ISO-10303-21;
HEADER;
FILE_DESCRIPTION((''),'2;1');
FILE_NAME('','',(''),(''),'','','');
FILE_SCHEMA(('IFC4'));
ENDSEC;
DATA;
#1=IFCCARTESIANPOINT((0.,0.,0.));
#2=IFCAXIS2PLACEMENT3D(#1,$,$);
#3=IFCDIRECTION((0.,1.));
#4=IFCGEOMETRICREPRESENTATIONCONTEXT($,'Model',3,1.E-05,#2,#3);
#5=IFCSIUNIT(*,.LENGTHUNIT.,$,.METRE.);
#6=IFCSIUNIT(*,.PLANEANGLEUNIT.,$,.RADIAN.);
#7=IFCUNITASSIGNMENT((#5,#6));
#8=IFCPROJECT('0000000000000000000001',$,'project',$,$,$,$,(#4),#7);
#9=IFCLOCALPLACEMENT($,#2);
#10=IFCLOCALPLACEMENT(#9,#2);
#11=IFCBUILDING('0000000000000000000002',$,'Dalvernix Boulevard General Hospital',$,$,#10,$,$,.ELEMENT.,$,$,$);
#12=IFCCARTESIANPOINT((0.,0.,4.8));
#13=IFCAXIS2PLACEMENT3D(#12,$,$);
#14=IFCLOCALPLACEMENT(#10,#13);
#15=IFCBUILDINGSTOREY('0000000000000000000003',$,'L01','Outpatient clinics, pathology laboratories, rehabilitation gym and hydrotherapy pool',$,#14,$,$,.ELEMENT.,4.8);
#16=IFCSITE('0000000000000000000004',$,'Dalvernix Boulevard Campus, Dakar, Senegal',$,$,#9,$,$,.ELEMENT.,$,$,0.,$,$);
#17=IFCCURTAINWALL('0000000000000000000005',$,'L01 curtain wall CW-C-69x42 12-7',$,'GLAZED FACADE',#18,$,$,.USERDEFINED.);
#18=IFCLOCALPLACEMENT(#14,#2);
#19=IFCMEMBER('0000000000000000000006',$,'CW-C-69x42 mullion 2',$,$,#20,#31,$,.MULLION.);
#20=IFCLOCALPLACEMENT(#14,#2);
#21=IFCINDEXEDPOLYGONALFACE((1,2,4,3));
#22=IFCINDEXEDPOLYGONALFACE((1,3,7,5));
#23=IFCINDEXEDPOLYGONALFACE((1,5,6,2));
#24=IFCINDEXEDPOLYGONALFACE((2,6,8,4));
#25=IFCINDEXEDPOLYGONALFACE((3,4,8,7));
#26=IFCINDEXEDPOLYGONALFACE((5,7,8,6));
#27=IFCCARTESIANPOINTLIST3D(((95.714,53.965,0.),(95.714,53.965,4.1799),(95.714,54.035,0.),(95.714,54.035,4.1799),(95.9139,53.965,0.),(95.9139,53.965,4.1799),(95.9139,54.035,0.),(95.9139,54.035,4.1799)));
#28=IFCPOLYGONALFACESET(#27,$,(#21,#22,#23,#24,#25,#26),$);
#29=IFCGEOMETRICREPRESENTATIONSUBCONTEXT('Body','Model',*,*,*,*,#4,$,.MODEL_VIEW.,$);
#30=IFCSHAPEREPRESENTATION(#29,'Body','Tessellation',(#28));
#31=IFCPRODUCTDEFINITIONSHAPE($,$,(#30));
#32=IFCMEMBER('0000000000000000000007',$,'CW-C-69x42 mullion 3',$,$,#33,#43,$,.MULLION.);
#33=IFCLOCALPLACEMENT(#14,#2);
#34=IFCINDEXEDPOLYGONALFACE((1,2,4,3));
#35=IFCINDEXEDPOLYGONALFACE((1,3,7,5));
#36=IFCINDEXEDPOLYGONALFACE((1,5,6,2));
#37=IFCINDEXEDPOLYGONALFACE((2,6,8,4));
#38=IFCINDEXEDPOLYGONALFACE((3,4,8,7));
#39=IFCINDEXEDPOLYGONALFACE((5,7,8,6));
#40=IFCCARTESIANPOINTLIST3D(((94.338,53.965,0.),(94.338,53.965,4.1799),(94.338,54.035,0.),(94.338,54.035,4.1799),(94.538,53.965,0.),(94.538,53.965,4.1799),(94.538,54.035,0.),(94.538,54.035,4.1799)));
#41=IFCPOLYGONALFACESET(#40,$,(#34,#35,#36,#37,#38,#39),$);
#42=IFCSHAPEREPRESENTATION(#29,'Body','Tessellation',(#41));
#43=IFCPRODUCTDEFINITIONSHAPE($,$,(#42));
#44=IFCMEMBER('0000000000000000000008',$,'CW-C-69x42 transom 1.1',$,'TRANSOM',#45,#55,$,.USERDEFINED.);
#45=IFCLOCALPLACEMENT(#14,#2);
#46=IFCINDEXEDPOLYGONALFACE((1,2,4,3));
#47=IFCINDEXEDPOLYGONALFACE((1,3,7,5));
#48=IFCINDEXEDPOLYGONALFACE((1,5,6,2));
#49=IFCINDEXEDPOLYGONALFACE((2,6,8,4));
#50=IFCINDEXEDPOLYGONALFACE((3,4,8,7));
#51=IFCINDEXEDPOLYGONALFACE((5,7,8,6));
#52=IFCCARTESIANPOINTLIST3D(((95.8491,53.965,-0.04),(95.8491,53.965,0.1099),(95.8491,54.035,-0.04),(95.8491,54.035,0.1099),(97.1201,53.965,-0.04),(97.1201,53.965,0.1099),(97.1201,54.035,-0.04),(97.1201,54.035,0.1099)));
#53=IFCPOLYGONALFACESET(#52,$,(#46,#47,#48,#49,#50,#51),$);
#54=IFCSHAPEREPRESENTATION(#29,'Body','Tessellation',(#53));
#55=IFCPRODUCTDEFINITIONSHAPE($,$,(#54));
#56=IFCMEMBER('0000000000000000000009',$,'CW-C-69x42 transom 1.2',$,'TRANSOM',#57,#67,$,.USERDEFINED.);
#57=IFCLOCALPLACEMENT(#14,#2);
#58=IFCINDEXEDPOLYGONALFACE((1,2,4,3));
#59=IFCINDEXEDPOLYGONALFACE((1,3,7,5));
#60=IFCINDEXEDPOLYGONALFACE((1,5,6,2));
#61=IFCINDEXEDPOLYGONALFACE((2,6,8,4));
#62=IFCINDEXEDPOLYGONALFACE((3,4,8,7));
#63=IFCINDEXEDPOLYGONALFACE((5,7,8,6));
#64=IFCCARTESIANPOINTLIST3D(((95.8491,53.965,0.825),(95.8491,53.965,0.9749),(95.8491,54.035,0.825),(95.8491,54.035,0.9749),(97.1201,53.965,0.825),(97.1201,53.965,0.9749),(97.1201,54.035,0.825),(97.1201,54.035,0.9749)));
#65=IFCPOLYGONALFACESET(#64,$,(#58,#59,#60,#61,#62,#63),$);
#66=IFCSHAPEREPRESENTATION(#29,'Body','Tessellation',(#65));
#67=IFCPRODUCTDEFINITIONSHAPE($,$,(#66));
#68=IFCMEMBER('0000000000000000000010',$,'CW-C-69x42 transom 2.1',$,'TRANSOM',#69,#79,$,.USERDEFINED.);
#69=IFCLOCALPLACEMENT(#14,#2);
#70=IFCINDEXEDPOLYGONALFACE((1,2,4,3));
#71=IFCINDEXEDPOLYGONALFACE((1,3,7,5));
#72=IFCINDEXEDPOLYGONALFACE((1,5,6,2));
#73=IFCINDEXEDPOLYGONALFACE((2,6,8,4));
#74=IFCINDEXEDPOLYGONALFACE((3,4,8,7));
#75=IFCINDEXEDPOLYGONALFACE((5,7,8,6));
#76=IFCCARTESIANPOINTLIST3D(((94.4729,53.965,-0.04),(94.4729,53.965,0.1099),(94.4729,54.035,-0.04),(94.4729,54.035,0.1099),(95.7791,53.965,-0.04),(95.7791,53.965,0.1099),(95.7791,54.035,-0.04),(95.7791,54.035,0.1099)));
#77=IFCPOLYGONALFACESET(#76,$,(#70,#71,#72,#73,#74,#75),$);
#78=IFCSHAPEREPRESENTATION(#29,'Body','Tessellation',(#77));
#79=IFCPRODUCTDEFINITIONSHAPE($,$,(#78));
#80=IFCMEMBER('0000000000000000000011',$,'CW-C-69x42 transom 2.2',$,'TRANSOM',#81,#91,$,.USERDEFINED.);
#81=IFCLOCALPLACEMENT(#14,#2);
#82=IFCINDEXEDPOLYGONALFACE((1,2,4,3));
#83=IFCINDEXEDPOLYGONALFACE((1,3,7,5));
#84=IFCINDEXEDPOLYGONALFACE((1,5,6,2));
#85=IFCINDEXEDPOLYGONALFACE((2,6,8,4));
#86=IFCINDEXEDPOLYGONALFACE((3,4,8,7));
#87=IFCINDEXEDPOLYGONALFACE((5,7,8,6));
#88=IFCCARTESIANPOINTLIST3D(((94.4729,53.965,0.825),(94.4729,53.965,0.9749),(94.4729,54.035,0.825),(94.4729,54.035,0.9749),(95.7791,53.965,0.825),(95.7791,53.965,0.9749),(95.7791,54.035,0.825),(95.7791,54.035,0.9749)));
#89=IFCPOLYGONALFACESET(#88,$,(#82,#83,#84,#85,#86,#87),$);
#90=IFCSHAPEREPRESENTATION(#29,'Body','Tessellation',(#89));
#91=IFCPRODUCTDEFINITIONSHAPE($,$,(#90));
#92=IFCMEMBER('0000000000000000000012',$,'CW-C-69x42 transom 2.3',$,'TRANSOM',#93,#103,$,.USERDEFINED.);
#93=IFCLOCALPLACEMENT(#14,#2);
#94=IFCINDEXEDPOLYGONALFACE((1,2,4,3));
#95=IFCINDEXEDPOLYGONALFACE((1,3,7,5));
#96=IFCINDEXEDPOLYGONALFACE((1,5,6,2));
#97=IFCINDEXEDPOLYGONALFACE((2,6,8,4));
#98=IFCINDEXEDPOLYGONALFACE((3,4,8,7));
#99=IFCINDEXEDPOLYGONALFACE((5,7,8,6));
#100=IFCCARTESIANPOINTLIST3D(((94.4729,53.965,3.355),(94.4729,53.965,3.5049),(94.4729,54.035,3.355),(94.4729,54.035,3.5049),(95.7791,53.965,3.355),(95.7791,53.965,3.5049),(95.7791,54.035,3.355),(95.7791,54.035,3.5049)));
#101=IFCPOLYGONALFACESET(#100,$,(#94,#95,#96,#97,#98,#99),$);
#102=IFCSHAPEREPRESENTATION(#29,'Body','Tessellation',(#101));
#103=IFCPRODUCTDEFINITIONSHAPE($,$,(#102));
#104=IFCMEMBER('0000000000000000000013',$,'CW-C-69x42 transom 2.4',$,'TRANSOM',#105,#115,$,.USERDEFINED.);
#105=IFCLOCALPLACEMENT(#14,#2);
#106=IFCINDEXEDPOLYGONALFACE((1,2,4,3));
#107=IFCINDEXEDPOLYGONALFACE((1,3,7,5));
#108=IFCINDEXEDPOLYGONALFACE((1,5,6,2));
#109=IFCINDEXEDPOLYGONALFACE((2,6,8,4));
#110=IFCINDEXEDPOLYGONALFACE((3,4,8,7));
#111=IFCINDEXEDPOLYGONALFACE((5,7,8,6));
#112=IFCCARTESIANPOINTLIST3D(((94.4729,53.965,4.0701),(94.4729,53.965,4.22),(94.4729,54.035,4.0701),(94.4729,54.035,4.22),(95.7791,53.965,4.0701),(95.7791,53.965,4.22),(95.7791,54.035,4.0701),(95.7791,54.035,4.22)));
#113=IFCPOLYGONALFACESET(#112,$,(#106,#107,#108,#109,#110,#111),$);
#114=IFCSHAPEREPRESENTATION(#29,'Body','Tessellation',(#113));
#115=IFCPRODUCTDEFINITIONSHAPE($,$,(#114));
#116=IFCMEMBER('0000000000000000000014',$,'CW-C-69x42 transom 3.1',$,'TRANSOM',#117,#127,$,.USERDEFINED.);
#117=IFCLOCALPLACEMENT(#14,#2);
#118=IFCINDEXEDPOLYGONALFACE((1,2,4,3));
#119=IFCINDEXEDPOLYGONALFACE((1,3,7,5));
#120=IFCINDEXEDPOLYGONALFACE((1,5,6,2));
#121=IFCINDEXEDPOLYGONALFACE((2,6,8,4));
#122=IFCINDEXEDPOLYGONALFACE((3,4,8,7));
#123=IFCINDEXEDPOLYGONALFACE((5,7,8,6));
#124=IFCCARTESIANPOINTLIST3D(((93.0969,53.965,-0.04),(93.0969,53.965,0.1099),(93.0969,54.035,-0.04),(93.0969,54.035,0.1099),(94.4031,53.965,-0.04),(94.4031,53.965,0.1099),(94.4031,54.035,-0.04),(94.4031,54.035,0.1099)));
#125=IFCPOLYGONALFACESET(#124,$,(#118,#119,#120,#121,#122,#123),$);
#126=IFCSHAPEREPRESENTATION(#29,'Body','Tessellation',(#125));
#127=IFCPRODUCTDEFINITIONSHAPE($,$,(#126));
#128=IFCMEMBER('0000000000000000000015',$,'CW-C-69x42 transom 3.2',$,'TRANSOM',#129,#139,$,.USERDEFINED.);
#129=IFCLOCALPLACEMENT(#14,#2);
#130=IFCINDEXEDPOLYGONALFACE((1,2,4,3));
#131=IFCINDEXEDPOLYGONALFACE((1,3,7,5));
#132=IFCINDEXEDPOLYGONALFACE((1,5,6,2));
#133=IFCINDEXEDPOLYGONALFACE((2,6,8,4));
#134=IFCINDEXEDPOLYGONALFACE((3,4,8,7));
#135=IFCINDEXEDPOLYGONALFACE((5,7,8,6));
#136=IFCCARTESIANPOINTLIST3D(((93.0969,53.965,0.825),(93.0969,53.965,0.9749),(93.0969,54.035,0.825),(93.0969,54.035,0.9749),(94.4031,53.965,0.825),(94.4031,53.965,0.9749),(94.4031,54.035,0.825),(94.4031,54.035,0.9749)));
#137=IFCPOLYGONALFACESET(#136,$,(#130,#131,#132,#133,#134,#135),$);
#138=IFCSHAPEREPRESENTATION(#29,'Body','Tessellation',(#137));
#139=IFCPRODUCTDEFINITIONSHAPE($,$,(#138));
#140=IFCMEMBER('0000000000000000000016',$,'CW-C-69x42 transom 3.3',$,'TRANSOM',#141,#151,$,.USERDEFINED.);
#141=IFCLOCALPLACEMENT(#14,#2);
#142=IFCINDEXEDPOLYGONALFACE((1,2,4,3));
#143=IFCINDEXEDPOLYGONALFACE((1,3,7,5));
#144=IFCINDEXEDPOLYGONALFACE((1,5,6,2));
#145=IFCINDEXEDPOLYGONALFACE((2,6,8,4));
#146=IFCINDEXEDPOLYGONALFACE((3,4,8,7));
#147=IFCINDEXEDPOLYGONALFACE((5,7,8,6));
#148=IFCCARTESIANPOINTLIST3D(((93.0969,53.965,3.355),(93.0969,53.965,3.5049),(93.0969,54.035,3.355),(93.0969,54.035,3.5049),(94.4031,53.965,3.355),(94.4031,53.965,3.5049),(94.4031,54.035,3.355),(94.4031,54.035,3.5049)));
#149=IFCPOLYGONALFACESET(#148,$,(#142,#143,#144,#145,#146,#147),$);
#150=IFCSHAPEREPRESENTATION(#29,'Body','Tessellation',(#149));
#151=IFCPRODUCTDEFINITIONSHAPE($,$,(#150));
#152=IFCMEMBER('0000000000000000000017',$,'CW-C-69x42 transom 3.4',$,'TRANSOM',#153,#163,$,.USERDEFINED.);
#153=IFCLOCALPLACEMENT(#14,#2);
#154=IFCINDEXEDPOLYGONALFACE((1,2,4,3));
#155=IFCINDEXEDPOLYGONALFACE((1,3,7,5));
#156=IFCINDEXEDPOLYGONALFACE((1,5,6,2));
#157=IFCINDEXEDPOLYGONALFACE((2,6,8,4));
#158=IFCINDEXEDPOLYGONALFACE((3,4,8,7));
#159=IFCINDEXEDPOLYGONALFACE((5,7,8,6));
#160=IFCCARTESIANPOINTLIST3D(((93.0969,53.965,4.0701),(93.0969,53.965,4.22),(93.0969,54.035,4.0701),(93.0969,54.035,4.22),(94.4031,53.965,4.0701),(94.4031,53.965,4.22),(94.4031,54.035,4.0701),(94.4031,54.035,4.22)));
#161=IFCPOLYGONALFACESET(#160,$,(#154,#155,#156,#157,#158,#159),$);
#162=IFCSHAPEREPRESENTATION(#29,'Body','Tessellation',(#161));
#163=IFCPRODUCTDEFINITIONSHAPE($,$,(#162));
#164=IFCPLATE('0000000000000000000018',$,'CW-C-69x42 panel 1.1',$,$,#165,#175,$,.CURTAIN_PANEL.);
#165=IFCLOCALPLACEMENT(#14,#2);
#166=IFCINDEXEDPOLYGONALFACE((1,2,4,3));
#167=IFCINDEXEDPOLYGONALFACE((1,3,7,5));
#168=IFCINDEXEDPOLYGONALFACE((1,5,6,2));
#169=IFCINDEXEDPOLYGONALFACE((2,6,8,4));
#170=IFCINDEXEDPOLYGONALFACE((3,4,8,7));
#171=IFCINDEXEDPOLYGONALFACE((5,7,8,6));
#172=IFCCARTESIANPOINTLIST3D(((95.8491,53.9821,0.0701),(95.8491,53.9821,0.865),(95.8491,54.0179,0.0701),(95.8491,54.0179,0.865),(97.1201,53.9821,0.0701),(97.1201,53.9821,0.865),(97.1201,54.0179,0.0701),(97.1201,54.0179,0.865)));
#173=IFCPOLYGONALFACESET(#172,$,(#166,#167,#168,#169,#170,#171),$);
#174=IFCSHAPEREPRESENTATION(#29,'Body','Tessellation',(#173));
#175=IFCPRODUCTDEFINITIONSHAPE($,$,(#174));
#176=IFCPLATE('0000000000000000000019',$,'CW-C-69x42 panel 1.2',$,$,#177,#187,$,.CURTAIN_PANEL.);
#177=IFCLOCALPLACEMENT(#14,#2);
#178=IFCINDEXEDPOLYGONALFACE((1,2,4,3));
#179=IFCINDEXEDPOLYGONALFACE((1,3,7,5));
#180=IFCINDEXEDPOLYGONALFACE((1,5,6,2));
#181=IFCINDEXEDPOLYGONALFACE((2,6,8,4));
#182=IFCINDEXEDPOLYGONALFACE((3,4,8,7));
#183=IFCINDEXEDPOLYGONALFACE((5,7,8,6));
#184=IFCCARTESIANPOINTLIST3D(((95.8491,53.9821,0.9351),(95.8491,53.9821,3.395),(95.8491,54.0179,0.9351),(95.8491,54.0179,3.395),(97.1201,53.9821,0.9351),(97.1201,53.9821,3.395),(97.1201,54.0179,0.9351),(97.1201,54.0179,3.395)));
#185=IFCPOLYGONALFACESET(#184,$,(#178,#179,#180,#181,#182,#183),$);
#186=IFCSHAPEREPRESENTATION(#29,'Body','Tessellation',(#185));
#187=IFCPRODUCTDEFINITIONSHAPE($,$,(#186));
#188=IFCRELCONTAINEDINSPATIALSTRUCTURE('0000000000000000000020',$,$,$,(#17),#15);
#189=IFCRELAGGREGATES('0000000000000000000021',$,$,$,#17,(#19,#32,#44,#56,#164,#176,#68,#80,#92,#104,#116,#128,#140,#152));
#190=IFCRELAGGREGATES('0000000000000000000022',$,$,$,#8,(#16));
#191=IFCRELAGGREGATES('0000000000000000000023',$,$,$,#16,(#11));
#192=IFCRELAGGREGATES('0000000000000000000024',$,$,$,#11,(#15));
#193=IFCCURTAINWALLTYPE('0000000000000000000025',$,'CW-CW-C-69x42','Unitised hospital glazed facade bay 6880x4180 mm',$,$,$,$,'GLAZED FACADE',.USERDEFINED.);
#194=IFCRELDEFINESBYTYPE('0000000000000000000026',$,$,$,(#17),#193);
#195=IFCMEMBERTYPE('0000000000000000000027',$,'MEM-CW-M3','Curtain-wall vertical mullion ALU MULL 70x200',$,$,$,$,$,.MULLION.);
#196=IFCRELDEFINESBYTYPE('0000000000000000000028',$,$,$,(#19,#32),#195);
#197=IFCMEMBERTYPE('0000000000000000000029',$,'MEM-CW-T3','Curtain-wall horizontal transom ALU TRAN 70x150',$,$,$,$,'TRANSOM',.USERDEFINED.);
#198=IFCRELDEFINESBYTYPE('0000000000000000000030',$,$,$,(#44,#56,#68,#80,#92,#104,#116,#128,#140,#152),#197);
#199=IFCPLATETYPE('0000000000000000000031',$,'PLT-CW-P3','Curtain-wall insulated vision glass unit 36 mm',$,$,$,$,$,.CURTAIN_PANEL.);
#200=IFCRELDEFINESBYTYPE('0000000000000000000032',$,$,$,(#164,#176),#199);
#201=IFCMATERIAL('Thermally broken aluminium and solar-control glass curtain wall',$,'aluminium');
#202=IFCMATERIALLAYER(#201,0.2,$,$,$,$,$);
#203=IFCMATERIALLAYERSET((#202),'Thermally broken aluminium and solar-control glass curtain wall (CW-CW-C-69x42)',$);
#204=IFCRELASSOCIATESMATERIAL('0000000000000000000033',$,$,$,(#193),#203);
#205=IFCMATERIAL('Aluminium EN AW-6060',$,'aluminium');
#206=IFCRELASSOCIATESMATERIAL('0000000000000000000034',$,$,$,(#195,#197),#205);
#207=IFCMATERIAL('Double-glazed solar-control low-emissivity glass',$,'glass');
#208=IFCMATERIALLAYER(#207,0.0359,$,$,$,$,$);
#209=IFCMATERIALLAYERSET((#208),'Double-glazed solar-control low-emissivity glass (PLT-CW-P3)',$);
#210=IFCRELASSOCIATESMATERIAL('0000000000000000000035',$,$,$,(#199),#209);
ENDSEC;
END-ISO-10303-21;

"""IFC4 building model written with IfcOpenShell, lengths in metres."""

from ifc_helpers import new_model, si_unit, direction, frame, origin, origin_2d, place, context, subcontext, project, spatial, rectangle, extrude, material, layer, layer_set, material_profile, profile_set, type_object, element, aggregate, save


model = new_model("IFC4")

# Units and contexts
model_context = context("Model", 3, precision=1e-05, world=origin(), true_north=direction((0.0, 1.0)))
body_context = subcontext(model_context, "Body", "Model", "MODEL_VIEW")
ifc_project = project(units=[si_unit("LENGTHUNIT", "METRE"), si_unit("PLANEANGLEUNIT", "RADIAN")], contexts=[model_context])

# Site, building, storey
site_placement = place(None, origin())
site = spatial("IfcSite", under=ifc_project, at=site_placement, Name="Dalvernix Boulevard Campus, Dakar, Senegal", CompositionType="ELEMENT", RefElevation=0.0)
building_placement = place(site_placement, origin())
building = spatial("IfcBuilding", under=site, at=building_placement, Name="Dalvernix Boulevard General Hospital", CompositionType="ELEMENT")
storey_placement = place(building_placement, frame((0.0, 0.0, 4.8)))
storey = spatial("IfcBuildingStorey", under=building, at=storey_placement, Name="L01", Description="Outpatient clinics, pathology laboratories, rehabilitation gym and hydrotherapy pool", CompositionType="ELEMENT", Elevation=4.8)

# Curtain wall, members, plates
ifc_material_1 = material(Name="Thermally broken aluminium and solar-control glass curtain wall", Category="aluminium")
ifc_layer_1 = layer(ifc_material_1, 0.2)
ifc_layer_set_1 = layer_set([ifc_layer_1], Name="Thermally broken aluminium and solar-control glass curtain wall (CW-CW-C-69x42)")
curtain_wall_type = type_object("IfcCurtainWallType", Name="CW-CW-C-69x42", Description="Unitised hospital glazed facade bay 6880x4180 mm", ElementType="GLAZED FACADE", PredefinedType="USERDEFINED", material=ifc_layer_set_1)
curtain_wall_placement = place(storey_placement, origin())
curtain_wall = element("IfcCurtainWall", 1, at=curtain_wall_placement, inside=storey, type_object=curtain_wall_type, Name="L01 curtain wall CW-C-69x42 12-7", ObjectType="GLAZED FACADE", PredefinedType="USERDEFINED")
ifc_material_2 = material(Name="Aluminium EN AW-6060", Category="aluminium")
ifc_material_profile_1 = material_profile(ifc_material_2, rectangle(XDim=0.0701, YDim=0.2, at=origin_2d()), Name="ALU MULL 70x200")
ifc_profile_set_1 = profile_set([ifc_material_profile_1], Name="Aluminium EN AW-6060")
member_type_1 = type_object("IfcMemberType", Name="MEM-CW-M3", Description="Curtain-wall vertical mullion ALU MULL 70x200", PredefinedType="MULLION", material=ifc_profile_set_1)
member_1_placement = place(storey_placement, frame((95.814, 54.0, 0.0), z_axis=(0.0, 0.0, 1.0), x_axis=(0.0, -1.0, 0.0)))
member_1 = element("IfcMember", 2, at=member_1_placement, type_object=member_type_1, Name="CW-C-69x42 mullion 2", PredefinedType="MULLION", context=body_context, shape_type="SweptSolid", body=[
    extrude(rectangle(XDim=0.0701, YDim=0.2, at=origin_2d()), origin(), (0.0, 0.0, 1.0), 4.1799),
])
member_2_placement = place(storey_placement, frame((94.438, 54.0, 0.0), z_axis=(0.0, 0.0, 1.0), x_axis=(0.0, -1.0, 0.0)))
member_2 = element("IfcMember", 3, at=member_2_placement, type_object=member_type_1, Name="CW-C-69x42 mullion 3", PredefinedType="MULLION", context=body_context, shape_type="SweptSolid", body=[
    extrude(rectangle(XDim=0.0701, YDim=0.2, at=origin_2d()), origin(), (0.0, 0.0, 1.0), 4.1799),
])
ifc_material_profile_2 = material_profile(ifc_material_2, rectangle(XDim=0.0701, YDim=0.1499, at=origin_2d()), Name="ALU TRAN 70x150")
ifc_profile_set_2 = profile_set([ifc_material_profile_2], Name="Aluminium EN AW-6060")
member_type_2 = type_object("IfcMemberType", Name="MEM-CW-T3", Description="Curtain-wall horizontal transom ALU TRAN 70x150", ElementType="TRANSOM", PredefinedType="USERDEFINED", material=ifc_profile_set_2)
member_3_placement = place(storey_placement, frame((97.1201, 54.0, 0.0349), z_axis=(-1.0, 0.0, 0.0), x_axis=(0.0, -1.0, 0.0)))
member_3 = element("IfcMember", 4, at=member_3_placement, type_object=member_type_2, Name="CW-C-69x42 transom 1.1", ObjectType="TRANSOM", PredefinedType="USERDEFINED", context=body_context, shape_type="SweptSolid", body=[
    extrude(rectangle(XDim=0.0701, YDim=0.1499, at=origin_2d()), origin(), (0.0, 0.0, 1.0), 1.271),
])
member_4_placement = place(storey_placement, frame((97.1201, 54.0, 0.8999), z_axis=(-1.0, 0.0, 0.0), x_axis=(0.0, -1.0, 0.0)))
member_4 = element("IfcMember", 5, at=member_4_placement, type_object=member_type_2, Name="CW-C-69x42 transom 1.2", ObjectType="TRANSOM", PredefinedType="USERDEFINED", context=body_context, shape_type="SweptSolid", body=[
    extrude(rectangle(XDim=0.0701, YDim=0.1499, at=origin_2d()), origin(), (0.0, 0.0, 1.0), 1.271),
])
member_5_placement = place(storey_placement, frame((95.7791, 54.0, 0.0349), z_axis=(-1.0, 0.0, 0.0), x_axis=(0.0, -1.0, 0.0)))
member_5 = element("IfcMember", 6, at=member_5_placement, type_object=member_type_2, Name="CW-C-69x42 transom 2.1", ObjectType="TRANSOM", PredefinedType="USERDEFINED", context=body_context, shape_type="SweptSolid", body=[
    extrude(rectangle(XDim=0.0701, YDim=0.1499, at=origin_2d()), origin(), (0.0, 0.0, 1.0), 1.3062),
])
member_6_placement = place(storey_placement, frame((95.7791, 54.0, 0.8999), z_axis=(-1.0, 0.0, 0.0), x_axis=(0.0, -1.0, 0.0)))
member_6 = element("IfcMember", 7, at=member_6_placement, type_object=member_type_2, Name="CW-C-69x42 transom 2.2", ObjectType="TRANSOM", PredefinedType="USERDEFINED", context=body_context, shape_type="SweptSolid", body=[
    extrude(rectangle(XDim=0.0701, YDim=0.1499, at=origin_2d()), origin(), (0.0, 0.0, 1.0), 1.3062),
])
member_7_placement = place(storey_placement, frame((95.7791, 54.0, 3.4299), z_axis=(-1.0, 0.0, 0.0), x_axis=(0.0, -1.0, 0.0)))
member_7 = element("IfcMember", 8, at=member_7_placement, type_object=member_type_2, Name="CW-C-69x42 transom 2.3", ObjectType="TRANSOM", PredefinedType="USERDEFINED", context=body_context, shape_type="SweptSolid", body=[
    extrude(rectangle(XDim=0.0701, YDim=0.1499, at=origin_2d()), origin(), (0.0, 0.0, 1.0), 1.3062),
])
member_8_placement = place(storey_placement, frame((95.7791, 54.0, 4.145), z_axis=(-1.0, 0.0, 0.0), x_axis=(0.0, -1.0, 0.0)))
member_8 = element("IfcMember", 9, at=member_8_placement, type_object=member_type_2, Name="CW-C-69x42 transom 2.4", ObjectType="TRANSOM", PredefinedType="USERDEFINED", context=body_context, shape_type="SweptSolid", body=[
    extrude(rectangle(XDim=0.0701, YDim=0.1499, at=origin_2d()), origin(), (0.0, 0.0, 1.0), 1.3062),
])
member_9_placement = place(storey_placement, frame((94.4031, 54.0, 0.0349), z_axis=(-1.0, 0.0, 0.0), x_axis=(0.0, -1.0, 0.0)))
member_9 = element("IfcMember", 10, at=member_9_placement, type_object=member_type_2, Name="CW-C-69x42 transom 3.1", ObjectType="TRANSOM", PredefinedType="USERDEFINED", context=body_context, shape_type="SweptSolid", body=[
    extrude(rectangle(XDim=0.0701, YDim=0.1499, at=origin_2d()), origin(), (0.0, 0.0, 1.0), 1.3062),
])
member_10_placement = place(storey_placement, frame((94.4031, 54.0, 0.8999), z_axis=(-1.0, 0.0, 0.0), x_axis=(0.0, -1.0, 0.0)))
member_10 = element("IfcMember", 11, at=member_10_placement, type_object=member_type_2, Name="CW-C-69x42 transom 3.2", ObjectType="TRANSOM", PredefinedType="USERDEFINED", context=body_context, shape_type="SweptSolid", body=[
    extrude(rectangle(XDim=0.0701, YDim=0.1499, at=origin_2d()), origin(), (0.0, 0.0, 1.0), 1.3062),
])
member_11_placement = place(storey_placement, frame((94.4031, 54.0, 3.4299), z_axis=(-1.0, 0.0, 0.0), x_axis=(0.0, -1.0, 0.0)))
member_11 = element("IfcMember", 12, at=member_11_placement, type_object=member_type_2, Name="CW-C-69x42 transom 3.3", ObjectType="TRANSOM", PredefinedType="USERDEFINED", context=body_context, shape_type="SweptSolid", body=[
    extrude(rectangle(XDim=0.0701, YDim=0.1499, at=origin_2d()), origin(), (0.0, 0.0, 1.0), 1.3062),
])
member_12_placement = place(storey_placement, frame((94.4031, 54.0, 4.145), z_axis=(-1.0, 0.0, 0.0), x_axis=(0.0, -1.0, 0.0)))
member_12 = element("IfcMember", 13, at=member_12_placement, type_object=member_type_2, Name="CW-C-69x42 transom 3.4", ObjectType="TRANSOM", PredefinedType="USERDEFINED", context=body_context, shape_type="SweptSolid", body=[
    extrude(rectangle(XDim=0.0701, YDim=0.1499, at=origin_2d()), origin(), (0.0, 0.0, 1.0), 1.3062),
])
ifc_material_3 = material(Name="Double-glazed solar-control low-emissivity glass", Category="glass")
ifc_layer_2 = layer(ifc_material_3, 0.0359)
ifc_layer_set_2 = layer_set([ifc_layer_2], Name="Double-glazed solar-control low-emissivity glass (PLT-CW-P3)")
plate_type = type_object("IfcPlateType", Name="PLT-CW-P3", Description="Curtain-wall insulated vision glass unit 36 mm", PredefinedType="CURTAIN_PANEL", material=ifc_layer_set_2)
plate_1_placement = place(storey_placement, frame((96.4846, 54.0, 0.0701), z_axis=(0.0, 0.0, 1.0), x_axis=(-1.0, 0.0, 0.0)))
plate_1 = element("IfcPlate", 14, at=plate_1_placement, type_object=plate_type, Name="CW-C-69x42 panel 1.1", PredefinedType="CURTAIN_PANEL", context=body_context, shape_type="SweptSolid", body=[
    extrude(rectangle(XDim=1.271, YDim=0.0359, at=origin_2d()), origin(), (0.0, 0.0, 1.0), 0.7949),
])
plate_2_placement = place(storey_placement, frame((96.4846, 54.0, 0.9351), z_axis=(0.0, 0.0, 1.0), x_axis=(-1.0, 0.0, 0.0)))
plate_2 = element("IfcPlate", 15, at=plate_2_placement, type_object=plate_type, Name="CW-C-69x42 panel 1.2", PredefinedType="CURTAIN_PANEL", context=body_context, shape_type="SweptSolid", body=[
    extrude(rectangle(XDim=1.271, YDim=0.0359, at=origin_2d()), origin(), (0.0, 0.0, 1.0), 2.46),
])
aggregate(curtain_wall, [member_1, member_2, member_3, member_4, plate_1, plate_2, member_5, member_6, member_7, member_8, member_9, member_10, member_11, member_12])

save(model, "model.ifc")
